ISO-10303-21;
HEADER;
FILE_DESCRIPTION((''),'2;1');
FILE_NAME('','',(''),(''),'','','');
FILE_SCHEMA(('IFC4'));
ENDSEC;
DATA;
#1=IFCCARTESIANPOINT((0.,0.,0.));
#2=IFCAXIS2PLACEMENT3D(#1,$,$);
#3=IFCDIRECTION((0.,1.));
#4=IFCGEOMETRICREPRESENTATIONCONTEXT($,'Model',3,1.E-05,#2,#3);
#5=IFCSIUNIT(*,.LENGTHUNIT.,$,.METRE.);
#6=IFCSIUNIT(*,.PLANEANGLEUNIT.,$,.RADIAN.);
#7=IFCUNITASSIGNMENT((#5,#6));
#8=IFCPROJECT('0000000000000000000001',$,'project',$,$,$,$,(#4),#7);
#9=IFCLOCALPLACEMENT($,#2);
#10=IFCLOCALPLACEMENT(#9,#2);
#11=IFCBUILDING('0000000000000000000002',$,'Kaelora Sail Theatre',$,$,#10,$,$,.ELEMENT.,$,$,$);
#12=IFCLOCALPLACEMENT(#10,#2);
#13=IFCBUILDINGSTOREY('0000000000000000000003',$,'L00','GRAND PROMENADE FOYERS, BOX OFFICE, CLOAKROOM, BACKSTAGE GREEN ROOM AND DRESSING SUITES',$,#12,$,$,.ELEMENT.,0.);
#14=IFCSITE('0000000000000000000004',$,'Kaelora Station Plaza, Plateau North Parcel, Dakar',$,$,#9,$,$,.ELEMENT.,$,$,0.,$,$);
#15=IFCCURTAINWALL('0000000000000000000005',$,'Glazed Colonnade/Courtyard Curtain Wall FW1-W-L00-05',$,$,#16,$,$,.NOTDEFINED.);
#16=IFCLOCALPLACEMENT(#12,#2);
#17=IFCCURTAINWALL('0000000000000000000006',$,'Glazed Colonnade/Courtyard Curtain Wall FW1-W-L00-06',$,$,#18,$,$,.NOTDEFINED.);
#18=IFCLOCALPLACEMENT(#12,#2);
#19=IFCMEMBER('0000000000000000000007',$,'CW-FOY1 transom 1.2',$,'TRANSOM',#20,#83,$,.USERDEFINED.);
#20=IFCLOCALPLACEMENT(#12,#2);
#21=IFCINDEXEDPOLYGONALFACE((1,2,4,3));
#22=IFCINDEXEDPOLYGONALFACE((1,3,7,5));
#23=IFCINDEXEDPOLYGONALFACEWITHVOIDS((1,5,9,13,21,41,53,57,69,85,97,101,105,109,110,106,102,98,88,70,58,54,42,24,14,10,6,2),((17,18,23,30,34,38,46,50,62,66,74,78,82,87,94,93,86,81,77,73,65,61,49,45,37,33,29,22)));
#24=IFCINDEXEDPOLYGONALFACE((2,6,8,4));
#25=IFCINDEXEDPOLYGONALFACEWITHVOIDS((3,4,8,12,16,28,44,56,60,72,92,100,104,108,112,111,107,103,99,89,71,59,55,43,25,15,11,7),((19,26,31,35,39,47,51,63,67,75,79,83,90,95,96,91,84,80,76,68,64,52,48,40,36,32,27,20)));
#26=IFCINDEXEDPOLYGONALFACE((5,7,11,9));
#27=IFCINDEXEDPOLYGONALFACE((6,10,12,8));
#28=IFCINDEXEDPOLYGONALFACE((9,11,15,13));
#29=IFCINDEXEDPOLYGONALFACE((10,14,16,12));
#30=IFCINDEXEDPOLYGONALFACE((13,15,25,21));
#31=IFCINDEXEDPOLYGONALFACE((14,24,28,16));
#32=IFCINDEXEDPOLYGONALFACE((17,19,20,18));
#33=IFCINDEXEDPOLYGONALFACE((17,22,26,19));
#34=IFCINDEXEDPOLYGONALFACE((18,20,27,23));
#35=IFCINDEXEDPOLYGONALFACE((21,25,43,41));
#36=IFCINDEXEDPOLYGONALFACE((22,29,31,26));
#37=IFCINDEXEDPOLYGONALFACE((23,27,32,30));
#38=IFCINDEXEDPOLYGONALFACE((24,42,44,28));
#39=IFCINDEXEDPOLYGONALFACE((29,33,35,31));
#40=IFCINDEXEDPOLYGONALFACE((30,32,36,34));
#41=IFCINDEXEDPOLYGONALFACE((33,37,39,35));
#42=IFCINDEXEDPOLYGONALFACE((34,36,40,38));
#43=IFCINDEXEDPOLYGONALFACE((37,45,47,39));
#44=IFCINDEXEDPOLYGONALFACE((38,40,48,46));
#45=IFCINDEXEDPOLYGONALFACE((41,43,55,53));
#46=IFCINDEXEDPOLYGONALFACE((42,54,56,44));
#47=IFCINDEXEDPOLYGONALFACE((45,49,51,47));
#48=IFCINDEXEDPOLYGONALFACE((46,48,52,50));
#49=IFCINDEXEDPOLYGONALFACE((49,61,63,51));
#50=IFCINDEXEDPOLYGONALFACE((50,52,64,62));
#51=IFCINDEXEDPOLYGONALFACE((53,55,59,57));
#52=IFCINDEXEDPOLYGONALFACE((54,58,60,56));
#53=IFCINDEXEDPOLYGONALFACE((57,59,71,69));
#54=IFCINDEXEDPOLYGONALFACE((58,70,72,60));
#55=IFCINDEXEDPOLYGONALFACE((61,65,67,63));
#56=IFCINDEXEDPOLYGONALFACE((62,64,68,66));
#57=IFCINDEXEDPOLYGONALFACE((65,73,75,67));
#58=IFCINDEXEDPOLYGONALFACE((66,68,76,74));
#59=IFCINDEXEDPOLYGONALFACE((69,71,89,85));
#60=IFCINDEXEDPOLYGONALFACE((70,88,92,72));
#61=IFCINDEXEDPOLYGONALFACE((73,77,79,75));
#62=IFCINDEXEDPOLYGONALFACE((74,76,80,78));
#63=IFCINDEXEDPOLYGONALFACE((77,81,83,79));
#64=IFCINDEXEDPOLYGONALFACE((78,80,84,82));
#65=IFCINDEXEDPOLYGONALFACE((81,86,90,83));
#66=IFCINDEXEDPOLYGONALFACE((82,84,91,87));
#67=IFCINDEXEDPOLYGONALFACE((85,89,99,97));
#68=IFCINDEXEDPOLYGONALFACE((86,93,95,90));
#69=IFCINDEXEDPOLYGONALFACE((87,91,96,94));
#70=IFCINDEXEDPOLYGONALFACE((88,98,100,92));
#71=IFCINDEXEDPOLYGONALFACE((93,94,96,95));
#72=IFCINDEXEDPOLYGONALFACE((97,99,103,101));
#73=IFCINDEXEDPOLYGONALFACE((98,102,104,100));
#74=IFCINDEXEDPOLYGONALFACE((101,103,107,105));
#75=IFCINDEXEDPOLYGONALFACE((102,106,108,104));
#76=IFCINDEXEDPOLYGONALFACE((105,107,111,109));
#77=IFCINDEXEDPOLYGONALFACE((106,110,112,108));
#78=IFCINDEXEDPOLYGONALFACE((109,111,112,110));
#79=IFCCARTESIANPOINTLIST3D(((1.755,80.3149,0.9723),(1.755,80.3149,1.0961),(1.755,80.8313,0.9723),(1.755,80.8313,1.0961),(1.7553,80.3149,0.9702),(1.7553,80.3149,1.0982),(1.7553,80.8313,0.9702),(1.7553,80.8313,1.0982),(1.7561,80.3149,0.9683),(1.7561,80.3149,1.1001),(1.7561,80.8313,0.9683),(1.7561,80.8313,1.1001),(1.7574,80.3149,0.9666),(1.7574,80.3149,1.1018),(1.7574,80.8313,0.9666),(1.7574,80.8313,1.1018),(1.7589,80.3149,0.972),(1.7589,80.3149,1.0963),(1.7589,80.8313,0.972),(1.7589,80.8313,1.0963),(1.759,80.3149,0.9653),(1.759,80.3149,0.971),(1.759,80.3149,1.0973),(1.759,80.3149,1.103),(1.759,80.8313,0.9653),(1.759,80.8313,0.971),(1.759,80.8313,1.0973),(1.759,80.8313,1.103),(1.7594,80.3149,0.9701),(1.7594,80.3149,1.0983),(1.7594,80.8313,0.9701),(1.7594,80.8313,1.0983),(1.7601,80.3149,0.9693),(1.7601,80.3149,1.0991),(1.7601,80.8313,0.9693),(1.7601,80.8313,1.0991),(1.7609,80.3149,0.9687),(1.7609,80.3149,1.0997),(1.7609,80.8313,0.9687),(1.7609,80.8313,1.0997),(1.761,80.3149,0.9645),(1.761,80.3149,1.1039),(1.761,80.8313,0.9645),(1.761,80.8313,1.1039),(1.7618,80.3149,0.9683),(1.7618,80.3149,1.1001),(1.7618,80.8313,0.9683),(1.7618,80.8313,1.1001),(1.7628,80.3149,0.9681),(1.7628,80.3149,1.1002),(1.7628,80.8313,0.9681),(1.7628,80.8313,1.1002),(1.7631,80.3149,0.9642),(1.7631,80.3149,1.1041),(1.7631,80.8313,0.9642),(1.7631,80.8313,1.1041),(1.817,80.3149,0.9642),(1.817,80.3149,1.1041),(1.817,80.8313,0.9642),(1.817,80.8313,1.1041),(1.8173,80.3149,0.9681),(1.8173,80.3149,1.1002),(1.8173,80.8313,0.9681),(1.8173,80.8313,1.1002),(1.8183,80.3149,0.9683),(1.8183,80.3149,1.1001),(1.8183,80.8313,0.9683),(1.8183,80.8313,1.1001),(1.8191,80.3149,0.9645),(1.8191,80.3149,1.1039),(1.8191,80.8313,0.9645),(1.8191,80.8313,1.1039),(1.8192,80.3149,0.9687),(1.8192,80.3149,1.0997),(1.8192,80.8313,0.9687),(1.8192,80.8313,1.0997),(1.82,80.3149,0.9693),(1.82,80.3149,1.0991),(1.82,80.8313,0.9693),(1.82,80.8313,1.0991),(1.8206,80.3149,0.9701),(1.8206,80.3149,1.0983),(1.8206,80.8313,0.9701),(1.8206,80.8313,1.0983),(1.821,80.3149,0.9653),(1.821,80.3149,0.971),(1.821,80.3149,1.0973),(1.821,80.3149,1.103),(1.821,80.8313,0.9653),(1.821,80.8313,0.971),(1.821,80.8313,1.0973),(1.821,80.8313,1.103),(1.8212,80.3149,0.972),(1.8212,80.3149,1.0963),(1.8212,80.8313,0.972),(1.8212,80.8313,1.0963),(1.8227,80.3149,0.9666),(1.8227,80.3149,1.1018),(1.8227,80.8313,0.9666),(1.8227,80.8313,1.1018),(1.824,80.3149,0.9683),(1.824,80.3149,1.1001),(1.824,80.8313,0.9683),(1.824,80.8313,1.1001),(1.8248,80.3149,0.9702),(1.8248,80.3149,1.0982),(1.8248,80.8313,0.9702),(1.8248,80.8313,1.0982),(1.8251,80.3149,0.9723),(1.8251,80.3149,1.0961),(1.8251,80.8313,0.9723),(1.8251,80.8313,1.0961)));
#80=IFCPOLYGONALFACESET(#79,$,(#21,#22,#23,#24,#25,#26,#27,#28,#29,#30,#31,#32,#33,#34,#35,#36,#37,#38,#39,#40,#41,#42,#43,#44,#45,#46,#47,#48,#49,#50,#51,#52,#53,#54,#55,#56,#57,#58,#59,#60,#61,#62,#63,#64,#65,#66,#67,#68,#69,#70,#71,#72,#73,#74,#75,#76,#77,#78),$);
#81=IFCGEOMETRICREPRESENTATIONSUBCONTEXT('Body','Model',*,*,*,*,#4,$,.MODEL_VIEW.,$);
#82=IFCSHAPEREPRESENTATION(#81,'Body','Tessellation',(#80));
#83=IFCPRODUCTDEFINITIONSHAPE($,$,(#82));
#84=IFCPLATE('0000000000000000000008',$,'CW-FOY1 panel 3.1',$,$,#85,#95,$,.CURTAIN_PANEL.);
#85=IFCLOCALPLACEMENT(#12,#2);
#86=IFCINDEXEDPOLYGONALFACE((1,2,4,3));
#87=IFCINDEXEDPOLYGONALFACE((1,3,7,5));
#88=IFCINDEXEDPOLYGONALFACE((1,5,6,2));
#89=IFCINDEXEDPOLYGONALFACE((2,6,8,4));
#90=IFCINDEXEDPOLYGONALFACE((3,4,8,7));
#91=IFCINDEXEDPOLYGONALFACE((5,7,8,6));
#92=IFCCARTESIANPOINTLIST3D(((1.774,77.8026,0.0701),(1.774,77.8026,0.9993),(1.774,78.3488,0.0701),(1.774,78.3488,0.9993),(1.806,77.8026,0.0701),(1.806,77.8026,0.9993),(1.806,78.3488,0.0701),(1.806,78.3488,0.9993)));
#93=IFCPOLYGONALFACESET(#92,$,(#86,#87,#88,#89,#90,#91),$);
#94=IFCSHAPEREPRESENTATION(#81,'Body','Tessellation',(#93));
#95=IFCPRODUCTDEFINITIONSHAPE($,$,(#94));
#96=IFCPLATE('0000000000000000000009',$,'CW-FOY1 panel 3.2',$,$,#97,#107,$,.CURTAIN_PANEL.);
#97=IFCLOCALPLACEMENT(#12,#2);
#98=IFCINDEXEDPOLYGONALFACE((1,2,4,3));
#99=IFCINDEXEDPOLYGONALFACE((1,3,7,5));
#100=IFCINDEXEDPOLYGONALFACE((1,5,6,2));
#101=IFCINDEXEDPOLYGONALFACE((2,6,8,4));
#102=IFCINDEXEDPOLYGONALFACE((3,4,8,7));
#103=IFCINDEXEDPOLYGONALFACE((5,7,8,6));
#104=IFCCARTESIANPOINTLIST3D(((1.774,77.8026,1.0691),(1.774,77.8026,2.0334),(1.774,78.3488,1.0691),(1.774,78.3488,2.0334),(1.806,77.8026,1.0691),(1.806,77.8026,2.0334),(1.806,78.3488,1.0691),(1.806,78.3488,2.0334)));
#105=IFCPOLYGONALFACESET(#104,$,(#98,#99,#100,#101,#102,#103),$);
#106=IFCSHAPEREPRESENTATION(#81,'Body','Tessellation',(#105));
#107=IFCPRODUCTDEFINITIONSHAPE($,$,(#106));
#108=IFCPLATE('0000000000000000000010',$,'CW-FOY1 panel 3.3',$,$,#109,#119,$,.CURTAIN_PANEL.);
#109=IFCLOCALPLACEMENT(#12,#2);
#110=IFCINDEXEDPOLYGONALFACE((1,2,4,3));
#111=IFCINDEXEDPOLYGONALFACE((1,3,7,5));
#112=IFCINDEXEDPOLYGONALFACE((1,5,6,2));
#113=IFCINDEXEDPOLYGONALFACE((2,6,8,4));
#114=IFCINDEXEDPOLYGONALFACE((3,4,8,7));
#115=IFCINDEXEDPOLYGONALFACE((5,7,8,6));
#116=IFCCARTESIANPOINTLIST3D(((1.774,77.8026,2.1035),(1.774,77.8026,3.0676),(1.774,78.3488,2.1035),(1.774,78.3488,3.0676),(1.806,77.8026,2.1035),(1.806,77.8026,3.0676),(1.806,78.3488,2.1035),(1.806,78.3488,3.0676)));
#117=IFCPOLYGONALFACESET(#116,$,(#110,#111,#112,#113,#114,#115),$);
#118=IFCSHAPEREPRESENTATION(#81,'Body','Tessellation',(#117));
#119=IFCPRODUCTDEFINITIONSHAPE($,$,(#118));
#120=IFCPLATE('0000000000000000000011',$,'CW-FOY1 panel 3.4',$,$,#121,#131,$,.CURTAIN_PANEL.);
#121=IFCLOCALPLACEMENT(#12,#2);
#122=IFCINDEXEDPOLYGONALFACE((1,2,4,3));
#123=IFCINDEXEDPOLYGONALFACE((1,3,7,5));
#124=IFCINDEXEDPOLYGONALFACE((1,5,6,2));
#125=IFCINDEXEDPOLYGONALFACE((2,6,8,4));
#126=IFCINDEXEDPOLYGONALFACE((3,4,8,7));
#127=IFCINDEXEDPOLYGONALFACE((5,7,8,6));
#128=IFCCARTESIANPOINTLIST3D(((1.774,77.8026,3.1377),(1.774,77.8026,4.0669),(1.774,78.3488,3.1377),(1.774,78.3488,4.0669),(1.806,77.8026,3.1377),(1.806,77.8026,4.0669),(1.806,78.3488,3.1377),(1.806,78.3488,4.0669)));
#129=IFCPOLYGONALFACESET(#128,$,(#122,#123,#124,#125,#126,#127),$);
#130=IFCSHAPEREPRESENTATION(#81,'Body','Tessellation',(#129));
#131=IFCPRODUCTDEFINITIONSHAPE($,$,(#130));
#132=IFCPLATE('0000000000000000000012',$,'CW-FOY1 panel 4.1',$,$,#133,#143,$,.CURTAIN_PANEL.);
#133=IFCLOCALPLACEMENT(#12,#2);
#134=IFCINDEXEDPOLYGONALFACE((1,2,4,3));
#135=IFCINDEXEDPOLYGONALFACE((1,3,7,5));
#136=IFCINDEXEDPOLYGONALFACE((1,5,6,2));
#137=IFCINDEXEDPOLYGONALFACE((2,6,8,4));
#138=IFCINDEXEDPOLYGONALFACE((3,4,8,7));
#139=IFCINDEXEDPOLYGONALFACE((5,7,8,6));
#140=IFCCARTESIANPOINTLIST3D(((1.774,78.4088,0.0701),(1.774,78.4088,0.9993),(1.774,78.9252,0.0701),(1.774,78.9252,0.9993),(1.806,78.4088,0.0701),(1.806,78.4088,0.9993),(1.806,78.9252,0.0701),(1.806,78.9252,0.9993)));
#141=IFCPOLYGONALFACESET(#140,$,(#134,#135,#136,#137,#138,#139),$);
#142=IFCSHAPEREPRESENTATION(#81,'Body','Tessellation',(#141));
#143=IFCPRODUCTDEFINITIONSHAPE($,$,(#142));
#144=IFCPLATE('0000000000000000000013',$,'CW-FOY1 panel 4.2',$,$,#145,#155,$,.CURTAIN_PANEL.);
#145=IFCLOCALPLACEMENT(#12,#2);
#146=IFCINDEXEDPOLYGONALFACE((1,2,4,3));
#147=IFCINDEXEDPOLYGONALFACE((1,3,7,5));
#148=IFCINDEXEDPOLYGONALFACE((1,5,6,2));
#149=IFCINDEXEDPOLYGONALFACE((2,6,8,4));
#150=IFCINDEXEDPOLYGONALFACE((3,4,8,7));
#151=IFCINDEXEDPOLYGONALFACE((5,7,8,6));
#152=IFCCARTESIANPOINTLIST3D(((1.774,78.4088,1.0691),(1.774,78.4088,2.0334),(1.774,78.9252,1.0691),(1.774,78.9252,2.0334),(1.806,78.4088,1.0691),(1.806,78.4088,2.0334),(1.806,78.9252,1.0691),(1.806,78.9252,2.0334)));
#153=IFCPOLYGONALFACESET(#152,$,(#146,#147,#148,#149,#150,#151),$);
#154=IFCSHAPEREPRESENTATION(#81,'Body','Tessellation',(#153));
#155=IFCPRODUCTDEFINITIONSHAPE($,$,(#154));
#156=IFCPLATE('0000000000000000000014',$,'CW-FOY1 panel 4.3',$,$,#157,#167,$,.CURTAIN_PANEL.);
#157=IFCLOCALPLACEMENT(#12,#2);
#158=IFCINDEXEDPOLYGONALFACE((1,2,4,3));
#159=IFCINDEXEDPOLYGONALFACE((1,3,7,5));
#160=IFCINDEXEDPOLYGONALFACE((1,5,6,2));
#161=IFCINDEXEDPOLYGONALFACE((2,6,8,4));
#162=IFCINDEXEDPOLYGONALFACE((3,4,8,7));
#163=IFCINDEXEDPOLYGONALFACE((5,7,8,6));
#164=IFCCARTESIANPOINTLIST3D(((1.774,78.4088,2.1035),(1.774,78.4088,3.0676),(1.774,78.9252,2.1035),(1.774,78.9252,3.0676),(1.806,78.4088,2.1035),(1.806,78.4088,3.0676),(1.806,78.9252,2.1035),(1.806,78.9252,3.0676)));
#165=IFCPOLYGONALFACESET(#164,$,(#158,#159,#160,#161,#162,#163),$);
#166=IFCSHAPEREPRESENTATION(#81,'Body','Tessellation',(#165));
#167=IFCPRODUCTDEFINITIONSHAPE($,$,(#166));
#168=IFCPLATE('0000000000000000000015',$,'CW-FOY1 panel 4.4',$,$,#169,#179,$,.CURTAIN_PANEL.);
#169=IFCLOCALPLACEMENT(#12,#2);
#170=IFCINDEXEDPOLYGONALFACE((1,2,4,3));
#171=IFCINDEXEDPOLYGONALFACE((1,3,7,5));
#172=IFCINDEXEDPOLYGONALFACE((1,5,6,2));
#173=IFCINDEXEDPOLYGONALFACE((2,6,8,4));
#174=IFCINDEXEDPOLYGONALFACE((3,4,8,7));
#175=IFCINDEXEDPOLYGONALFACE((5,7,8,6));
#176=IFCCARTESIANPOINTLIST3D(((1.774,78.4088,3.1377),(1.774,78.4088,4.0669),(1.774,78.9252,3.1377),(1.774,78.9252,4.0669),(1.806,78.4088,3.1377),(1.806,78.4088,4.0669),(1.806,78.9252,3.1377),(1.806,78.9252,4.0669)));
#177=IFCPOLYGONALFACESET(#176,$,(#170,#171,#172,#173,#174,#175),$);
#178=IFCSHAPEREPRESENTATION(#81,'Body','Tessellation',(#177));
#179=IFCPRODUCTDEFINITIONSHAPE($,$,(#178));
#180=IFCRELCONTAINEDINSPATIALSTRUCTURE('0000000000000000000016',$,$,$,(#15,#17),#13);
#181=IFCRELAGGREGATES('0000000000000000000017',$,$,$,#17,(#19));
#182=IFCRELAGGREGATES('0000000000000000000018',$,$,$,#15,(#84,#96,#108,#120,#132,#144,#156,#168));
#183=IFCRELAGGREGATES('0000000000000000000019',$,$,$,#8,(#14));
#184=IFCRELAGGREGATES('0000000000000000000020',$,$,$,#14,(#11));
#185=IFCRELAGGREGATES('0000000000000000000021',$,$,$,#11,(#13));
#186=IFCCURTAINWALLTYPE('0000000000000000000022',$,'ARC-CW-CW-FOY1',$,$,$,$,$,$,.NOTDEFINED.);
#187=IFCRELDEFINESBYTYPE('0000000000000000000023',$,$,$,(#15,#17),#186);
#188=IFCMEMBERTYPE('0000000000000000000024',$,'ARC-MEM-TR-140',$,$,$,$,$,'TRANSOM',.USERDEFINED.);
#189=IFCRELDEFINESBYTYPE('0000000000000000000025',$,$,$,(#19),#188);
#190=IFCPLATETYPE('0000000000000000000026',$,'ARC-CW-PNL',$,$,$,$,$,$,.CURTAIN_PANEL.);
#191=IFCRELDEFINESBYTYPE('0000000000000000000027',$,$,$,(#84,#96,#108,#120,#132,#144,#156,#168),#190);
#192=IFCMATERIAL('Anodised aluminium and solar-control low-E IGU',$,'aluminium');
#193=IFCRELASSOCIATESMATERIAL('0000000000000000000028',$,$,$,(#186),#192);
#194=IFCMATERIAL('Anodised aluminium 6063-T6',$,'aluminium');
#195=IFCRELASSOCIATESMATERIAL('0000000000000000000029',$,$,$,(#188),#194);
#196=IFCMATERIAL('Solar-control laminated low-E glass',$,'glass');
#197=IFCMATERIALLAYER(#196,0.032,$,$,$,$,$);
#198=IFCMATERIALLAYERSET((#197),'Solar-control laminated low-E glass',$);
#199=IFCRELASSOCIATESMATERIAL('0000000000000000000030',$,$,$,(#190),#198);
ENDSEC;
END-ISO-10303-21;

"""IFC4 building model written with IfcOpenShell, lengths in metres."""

from ifc_helpers import new_model, si_unit, direction, frame, origin, origin_2d, place, context, subcontext, project, spatial, rectangle, hollow_rectangle, extrude, material, layer, layer_set, material_profile, profile_set, type_object, element, aggregate, save


model = new_model("IFC4")

# Units and contexts
model_context = context("Model", 3, precision=1e-05, world=origin(), true_north=direction((0.0, 1.0)))
body_context = subcontext(model_context, "Body", "Model", "MODEL_VIEW")
ifc_project = project(units=[si_unit("LENGTHUNIT", "METRE"), si_unit("PLANEANGLEUNIT", "RADIAN")], contexts=[model_context])

# Site, building, storey
site_placement = place(None, origin())
site = spatial("IfcSite", under=ifc_project, at=site_placement, Name="Kaelora Station Plaza, Plateau North Parcel, Dakar", CompositionType="ELEMENT", RefElevation=0.0)
building_placement = place(site_placement, origin())
building = spatial("IfcBuilding", under=site, at=building_placement, Name="Kaelora Sail Theatre", CompositionType="ELEMENT")
storey_placement = place(building_placement, origin())
storey = spatial("IfcBuildingStorey", under=building, at=storey_placement, Name="L00", Description="GRAND PROMENADE FOYERS, BOX OFFICE, CLOAKROOM, BACKSTAGE GREEN ROOM AND DRESSING SUITES", CompositionType="ELEMENT", Elevation=0.0)

# Curtain wall
ifc_material_1 = material(Name="Anodised aluminium and solar-control low-E IGU", Category="aluminium")
curtain_wall_type = type_object("IfcCurtainWallType", Name="ARC-CW-CW-FOY1", PredefinedType="NOTDEFINED", material=ifc_material_1)
curtain_wall_1_placement = place(storey_placement, origin())
curtain_wall_1 = element("IfcCurtainWall", 1, at=curtain_wall_1_placement, inside=storey, type_object=curtain_wall_type, Name="Glazed Colonnade/Courtyard Curtain Wall FW1-W-L00-05", PredefinedType="NOTDEFINED")

# Curtain wall
curtain_wall_2_placement = place(storey_placement, origin())
curtain_wall_2 = element("IfcCurtainWall", 2, at=curtain_wall_2_placement, inside=storey, type_object=curtain_wall_type, Name="Glazed Colonnade/Courtyard Curtain Wall FW1-W-L00-06", PredefinedType="NOTDEFINED")

# Member
ifc_material_2 = material(Name="Anodised aluminium 6063-T6", Category="aluminium")
ifc_material_profile_1 = material_profile(ifc_material_2, hollow_rectangle(XDim=0.0701, YDim=0.1399, WallThickness=0.0039, InnerFilletRadius=0.0039, OuterFilletRadius=0.0081, at=origin_2d()), Name="ALU-TRAN 70x140x4")
ifc_profile_set_1 = profile_set([ifc_material_profile_1], Name="Anodised aluminium 6063-T6")
member_type_1 = type_object("IfcMemberType", Name="ARC-MEM-TR-140", ElementType="TRANSOM", PredefinedType="USERDEFINED", material=ifc_profile_set_1)
member_1_placement = place(storey_placement, frame((1.79, 80.3149, 1.0342), z_axis=(0.0, 1.0, 0.0), x_axis=(-1.0, 0.0, 0.0)))
member_1 = element("IfcMember", 3, at=member_1_placement, type_object=member_type_1, Name="CW-FOY1 transom 1.2", ObjectType="TRANSOM", PredefinedType="USERDEFINED", context=body_context, shape_type="SweptSolid", body=[
    extrude(hollow_rectangle(XDim=0.0701, YDim=0.1399, WallThickness=0.0039, InnerFilletRadius=0.0039, OuterFilletRadius=0.0081, at=origin_2d()), origin(), (0.0, 0.0, 1.0), 0.5164),
])
aggregate(curtain_wall_2, [member_1])

# Plates
ifc_material_3 = material(Name="Solar-control laminated low-E glass", Category="glass")
ifc_layer = layer(ifc_material_3, 0.032)
ifc_layer_set = layer_set([ifc_layer], Name="Solar-control laminated low-E glass")
plate_type = type_object("IfcPlateType", Name="ARC-CW-PNL", PredefinedType="CURTAIN_PANEL", material=ifc_layer_set)
plate_1_placement = place(storey_placement, frame((1.79, 78.0757, 0.0701), z_axis=(0.0, 0.0, 1.0), x_axis=(0.0, 1.0, 0.0)))
plate_1 = element("IfcPlate", 4, at=plate_1_placement, type_object=plate_type, Name="CW-FOY1 panel 3.1", PredefinedType="CURTAIN_PANEL", context=body_context, shape_type="SweptSolid", body=[
    extrude(rectangle(XDim=0.5461, YDim=0.032, at=origin_2d()), origin(), (0.0, 0.0, 1.0), 0.9292),
])
plate_2_placement = place(storey_placement, frame((1.79, 78.0757, 1.0691), z_axis=(0.0, 0.0, 1.0), x_axis=(0.0, 1.0, 0.0)))
plate_2 = element("IfcPlate", 5, at=plate_2_placement, type_object=plate_type, Name="CW-FOY1 panel 3.2", PredefinedType="CURTAIN_PANEL", context=body_context, shape_type="SweptSolid", body=[
    extrude(rectangle(XDim=0.5461, YDim=0.032, at=origin_2d()), origin(), (0.0, 0.0, 1.0), 0.9644),
])
plate_3_placement = place(storey_placement, frame((1.79, 78.0757, 2.1035), z_axis=(0.0, 0.0, 1.0), x_axis=(0.0, 1.0, 0.0)))
plate_3 = element("IfcPlate", 6, at=plate_3_placement, type_object=plate_type, Name="CW-FOY1 panel 3.3", PredefinedType="CURTAIN_PANEL", context=body_context, shape_type="SweptSolid", body=[
    extrude(rectangle(XDim=0.5461, YDim=0.032, at=origin_2d()), origin(), (0.0, 0.0, 1.0), 0.9641),
])
plate_4_placement = place(storey_placement, frame((1.79, 78.0757, 3.1377), z_axis=(0.0, 0.0, 1.0), x_axis=(0.0, 1.0, 0.0)))
plate_4 = element("IfcPlate", 7, at=plate_4_placement, type_object=plate_type, Name="CW-FOY1 panel 3.4", PredefinedType="CURTAIN_PANEL", context=body_context, shape_type="SweptSolid", body=[
    extrude(rectangle(XDim=0.5461, YDim=0.032, at=origin_2d()), origin(), (0.0, 0.0, 1.0), 0.9292),
])
plate_5_placement = place(storey_placement, frame((1.79, 78.667, 0.0701), z_axis=(0.0, 0.0, 1.0), x_axis=(0.0, 1.0, 0.0)))
plate_5 = element("IfcPlate", 8, at=plate_5_placement, type_object=plate_type, Name="CW-FOY1 panel 4.1", PredefinedType="CURTAIN_PANEL", context=body_context, shape_type="SweptSolid", body=[
    extrude(rectangle(XDim=0.5164, YDim=0.032, at=origin_2d()), origin(), (0.0, 0.0, 1.0), 0.9292),
])
plate_6_placement = place(storey_placement, frame((1.79, 78.667, 1.0691), z_axis=(0.0, 0.0, 1.0), x_axis=(0.0, 1.0, 0.0)))
plate_6 = element("IfcPlate", 9, at=plate_6_placement, type_object=plate_type, Name="CW-FOY1 panel 4.2", PredefinedType="CURTAIN_PANEL", context=body_context, shape_type="SweptSolid", body=[
    extrude(rectangle(XDim=0.5164, YDim=0.032, at=origin_2d()), origin(), (0.0, 0.0, 1.0), 0.9644),
])
plate_7_placement = place(storey_placement, frame((1.79, 78.667, 2.1035), z_axis=(0.0, 0.0, 1.0), x_axis=(0.0, 1.0, 0.0)))
plate_7 = element("IfcPlate", 10, at=plate_7_placement, type_object=plate_type, Name="CW-FOY1 panel 4.3", PredefinedType="CURTAIN_PANEL", context=body_context, shape_type="SweptSolid", body=[
    extrude(rectangle(XDim=0.5164, YDim=0.032, at=origin_2d()), origin(), (0.0, 0.0, 1.0), 0.9641),
])
plate_8_placement = place(storey_placement, frame((1.79, 78.667, 3.1377), z_axis=(0.0, 0.0, 1.0), x_axis=(0.0, 1.0, 0.0)))
plate_8 = element("IfcPlate", 11, at=plate_8_placement, type_object=plate_type, Name="CW-FOY1 panel 4.4", PredefinedType="CURTAIN_PANEL", context=body_context, shape_type="SweptSolid", body=[
    extrude(rectangle(XDim=0.5164, YDim=0.032, at=origin_2d()), origin(), (0.0, 0.0, 1.0), 0.9292),
])
aggregate(curtain_wall_1, [plate_1, plate_2, plate_3, plate_4, plate_5, plate_6, plate_7, plate_8])

save(model, "model.ifc")
